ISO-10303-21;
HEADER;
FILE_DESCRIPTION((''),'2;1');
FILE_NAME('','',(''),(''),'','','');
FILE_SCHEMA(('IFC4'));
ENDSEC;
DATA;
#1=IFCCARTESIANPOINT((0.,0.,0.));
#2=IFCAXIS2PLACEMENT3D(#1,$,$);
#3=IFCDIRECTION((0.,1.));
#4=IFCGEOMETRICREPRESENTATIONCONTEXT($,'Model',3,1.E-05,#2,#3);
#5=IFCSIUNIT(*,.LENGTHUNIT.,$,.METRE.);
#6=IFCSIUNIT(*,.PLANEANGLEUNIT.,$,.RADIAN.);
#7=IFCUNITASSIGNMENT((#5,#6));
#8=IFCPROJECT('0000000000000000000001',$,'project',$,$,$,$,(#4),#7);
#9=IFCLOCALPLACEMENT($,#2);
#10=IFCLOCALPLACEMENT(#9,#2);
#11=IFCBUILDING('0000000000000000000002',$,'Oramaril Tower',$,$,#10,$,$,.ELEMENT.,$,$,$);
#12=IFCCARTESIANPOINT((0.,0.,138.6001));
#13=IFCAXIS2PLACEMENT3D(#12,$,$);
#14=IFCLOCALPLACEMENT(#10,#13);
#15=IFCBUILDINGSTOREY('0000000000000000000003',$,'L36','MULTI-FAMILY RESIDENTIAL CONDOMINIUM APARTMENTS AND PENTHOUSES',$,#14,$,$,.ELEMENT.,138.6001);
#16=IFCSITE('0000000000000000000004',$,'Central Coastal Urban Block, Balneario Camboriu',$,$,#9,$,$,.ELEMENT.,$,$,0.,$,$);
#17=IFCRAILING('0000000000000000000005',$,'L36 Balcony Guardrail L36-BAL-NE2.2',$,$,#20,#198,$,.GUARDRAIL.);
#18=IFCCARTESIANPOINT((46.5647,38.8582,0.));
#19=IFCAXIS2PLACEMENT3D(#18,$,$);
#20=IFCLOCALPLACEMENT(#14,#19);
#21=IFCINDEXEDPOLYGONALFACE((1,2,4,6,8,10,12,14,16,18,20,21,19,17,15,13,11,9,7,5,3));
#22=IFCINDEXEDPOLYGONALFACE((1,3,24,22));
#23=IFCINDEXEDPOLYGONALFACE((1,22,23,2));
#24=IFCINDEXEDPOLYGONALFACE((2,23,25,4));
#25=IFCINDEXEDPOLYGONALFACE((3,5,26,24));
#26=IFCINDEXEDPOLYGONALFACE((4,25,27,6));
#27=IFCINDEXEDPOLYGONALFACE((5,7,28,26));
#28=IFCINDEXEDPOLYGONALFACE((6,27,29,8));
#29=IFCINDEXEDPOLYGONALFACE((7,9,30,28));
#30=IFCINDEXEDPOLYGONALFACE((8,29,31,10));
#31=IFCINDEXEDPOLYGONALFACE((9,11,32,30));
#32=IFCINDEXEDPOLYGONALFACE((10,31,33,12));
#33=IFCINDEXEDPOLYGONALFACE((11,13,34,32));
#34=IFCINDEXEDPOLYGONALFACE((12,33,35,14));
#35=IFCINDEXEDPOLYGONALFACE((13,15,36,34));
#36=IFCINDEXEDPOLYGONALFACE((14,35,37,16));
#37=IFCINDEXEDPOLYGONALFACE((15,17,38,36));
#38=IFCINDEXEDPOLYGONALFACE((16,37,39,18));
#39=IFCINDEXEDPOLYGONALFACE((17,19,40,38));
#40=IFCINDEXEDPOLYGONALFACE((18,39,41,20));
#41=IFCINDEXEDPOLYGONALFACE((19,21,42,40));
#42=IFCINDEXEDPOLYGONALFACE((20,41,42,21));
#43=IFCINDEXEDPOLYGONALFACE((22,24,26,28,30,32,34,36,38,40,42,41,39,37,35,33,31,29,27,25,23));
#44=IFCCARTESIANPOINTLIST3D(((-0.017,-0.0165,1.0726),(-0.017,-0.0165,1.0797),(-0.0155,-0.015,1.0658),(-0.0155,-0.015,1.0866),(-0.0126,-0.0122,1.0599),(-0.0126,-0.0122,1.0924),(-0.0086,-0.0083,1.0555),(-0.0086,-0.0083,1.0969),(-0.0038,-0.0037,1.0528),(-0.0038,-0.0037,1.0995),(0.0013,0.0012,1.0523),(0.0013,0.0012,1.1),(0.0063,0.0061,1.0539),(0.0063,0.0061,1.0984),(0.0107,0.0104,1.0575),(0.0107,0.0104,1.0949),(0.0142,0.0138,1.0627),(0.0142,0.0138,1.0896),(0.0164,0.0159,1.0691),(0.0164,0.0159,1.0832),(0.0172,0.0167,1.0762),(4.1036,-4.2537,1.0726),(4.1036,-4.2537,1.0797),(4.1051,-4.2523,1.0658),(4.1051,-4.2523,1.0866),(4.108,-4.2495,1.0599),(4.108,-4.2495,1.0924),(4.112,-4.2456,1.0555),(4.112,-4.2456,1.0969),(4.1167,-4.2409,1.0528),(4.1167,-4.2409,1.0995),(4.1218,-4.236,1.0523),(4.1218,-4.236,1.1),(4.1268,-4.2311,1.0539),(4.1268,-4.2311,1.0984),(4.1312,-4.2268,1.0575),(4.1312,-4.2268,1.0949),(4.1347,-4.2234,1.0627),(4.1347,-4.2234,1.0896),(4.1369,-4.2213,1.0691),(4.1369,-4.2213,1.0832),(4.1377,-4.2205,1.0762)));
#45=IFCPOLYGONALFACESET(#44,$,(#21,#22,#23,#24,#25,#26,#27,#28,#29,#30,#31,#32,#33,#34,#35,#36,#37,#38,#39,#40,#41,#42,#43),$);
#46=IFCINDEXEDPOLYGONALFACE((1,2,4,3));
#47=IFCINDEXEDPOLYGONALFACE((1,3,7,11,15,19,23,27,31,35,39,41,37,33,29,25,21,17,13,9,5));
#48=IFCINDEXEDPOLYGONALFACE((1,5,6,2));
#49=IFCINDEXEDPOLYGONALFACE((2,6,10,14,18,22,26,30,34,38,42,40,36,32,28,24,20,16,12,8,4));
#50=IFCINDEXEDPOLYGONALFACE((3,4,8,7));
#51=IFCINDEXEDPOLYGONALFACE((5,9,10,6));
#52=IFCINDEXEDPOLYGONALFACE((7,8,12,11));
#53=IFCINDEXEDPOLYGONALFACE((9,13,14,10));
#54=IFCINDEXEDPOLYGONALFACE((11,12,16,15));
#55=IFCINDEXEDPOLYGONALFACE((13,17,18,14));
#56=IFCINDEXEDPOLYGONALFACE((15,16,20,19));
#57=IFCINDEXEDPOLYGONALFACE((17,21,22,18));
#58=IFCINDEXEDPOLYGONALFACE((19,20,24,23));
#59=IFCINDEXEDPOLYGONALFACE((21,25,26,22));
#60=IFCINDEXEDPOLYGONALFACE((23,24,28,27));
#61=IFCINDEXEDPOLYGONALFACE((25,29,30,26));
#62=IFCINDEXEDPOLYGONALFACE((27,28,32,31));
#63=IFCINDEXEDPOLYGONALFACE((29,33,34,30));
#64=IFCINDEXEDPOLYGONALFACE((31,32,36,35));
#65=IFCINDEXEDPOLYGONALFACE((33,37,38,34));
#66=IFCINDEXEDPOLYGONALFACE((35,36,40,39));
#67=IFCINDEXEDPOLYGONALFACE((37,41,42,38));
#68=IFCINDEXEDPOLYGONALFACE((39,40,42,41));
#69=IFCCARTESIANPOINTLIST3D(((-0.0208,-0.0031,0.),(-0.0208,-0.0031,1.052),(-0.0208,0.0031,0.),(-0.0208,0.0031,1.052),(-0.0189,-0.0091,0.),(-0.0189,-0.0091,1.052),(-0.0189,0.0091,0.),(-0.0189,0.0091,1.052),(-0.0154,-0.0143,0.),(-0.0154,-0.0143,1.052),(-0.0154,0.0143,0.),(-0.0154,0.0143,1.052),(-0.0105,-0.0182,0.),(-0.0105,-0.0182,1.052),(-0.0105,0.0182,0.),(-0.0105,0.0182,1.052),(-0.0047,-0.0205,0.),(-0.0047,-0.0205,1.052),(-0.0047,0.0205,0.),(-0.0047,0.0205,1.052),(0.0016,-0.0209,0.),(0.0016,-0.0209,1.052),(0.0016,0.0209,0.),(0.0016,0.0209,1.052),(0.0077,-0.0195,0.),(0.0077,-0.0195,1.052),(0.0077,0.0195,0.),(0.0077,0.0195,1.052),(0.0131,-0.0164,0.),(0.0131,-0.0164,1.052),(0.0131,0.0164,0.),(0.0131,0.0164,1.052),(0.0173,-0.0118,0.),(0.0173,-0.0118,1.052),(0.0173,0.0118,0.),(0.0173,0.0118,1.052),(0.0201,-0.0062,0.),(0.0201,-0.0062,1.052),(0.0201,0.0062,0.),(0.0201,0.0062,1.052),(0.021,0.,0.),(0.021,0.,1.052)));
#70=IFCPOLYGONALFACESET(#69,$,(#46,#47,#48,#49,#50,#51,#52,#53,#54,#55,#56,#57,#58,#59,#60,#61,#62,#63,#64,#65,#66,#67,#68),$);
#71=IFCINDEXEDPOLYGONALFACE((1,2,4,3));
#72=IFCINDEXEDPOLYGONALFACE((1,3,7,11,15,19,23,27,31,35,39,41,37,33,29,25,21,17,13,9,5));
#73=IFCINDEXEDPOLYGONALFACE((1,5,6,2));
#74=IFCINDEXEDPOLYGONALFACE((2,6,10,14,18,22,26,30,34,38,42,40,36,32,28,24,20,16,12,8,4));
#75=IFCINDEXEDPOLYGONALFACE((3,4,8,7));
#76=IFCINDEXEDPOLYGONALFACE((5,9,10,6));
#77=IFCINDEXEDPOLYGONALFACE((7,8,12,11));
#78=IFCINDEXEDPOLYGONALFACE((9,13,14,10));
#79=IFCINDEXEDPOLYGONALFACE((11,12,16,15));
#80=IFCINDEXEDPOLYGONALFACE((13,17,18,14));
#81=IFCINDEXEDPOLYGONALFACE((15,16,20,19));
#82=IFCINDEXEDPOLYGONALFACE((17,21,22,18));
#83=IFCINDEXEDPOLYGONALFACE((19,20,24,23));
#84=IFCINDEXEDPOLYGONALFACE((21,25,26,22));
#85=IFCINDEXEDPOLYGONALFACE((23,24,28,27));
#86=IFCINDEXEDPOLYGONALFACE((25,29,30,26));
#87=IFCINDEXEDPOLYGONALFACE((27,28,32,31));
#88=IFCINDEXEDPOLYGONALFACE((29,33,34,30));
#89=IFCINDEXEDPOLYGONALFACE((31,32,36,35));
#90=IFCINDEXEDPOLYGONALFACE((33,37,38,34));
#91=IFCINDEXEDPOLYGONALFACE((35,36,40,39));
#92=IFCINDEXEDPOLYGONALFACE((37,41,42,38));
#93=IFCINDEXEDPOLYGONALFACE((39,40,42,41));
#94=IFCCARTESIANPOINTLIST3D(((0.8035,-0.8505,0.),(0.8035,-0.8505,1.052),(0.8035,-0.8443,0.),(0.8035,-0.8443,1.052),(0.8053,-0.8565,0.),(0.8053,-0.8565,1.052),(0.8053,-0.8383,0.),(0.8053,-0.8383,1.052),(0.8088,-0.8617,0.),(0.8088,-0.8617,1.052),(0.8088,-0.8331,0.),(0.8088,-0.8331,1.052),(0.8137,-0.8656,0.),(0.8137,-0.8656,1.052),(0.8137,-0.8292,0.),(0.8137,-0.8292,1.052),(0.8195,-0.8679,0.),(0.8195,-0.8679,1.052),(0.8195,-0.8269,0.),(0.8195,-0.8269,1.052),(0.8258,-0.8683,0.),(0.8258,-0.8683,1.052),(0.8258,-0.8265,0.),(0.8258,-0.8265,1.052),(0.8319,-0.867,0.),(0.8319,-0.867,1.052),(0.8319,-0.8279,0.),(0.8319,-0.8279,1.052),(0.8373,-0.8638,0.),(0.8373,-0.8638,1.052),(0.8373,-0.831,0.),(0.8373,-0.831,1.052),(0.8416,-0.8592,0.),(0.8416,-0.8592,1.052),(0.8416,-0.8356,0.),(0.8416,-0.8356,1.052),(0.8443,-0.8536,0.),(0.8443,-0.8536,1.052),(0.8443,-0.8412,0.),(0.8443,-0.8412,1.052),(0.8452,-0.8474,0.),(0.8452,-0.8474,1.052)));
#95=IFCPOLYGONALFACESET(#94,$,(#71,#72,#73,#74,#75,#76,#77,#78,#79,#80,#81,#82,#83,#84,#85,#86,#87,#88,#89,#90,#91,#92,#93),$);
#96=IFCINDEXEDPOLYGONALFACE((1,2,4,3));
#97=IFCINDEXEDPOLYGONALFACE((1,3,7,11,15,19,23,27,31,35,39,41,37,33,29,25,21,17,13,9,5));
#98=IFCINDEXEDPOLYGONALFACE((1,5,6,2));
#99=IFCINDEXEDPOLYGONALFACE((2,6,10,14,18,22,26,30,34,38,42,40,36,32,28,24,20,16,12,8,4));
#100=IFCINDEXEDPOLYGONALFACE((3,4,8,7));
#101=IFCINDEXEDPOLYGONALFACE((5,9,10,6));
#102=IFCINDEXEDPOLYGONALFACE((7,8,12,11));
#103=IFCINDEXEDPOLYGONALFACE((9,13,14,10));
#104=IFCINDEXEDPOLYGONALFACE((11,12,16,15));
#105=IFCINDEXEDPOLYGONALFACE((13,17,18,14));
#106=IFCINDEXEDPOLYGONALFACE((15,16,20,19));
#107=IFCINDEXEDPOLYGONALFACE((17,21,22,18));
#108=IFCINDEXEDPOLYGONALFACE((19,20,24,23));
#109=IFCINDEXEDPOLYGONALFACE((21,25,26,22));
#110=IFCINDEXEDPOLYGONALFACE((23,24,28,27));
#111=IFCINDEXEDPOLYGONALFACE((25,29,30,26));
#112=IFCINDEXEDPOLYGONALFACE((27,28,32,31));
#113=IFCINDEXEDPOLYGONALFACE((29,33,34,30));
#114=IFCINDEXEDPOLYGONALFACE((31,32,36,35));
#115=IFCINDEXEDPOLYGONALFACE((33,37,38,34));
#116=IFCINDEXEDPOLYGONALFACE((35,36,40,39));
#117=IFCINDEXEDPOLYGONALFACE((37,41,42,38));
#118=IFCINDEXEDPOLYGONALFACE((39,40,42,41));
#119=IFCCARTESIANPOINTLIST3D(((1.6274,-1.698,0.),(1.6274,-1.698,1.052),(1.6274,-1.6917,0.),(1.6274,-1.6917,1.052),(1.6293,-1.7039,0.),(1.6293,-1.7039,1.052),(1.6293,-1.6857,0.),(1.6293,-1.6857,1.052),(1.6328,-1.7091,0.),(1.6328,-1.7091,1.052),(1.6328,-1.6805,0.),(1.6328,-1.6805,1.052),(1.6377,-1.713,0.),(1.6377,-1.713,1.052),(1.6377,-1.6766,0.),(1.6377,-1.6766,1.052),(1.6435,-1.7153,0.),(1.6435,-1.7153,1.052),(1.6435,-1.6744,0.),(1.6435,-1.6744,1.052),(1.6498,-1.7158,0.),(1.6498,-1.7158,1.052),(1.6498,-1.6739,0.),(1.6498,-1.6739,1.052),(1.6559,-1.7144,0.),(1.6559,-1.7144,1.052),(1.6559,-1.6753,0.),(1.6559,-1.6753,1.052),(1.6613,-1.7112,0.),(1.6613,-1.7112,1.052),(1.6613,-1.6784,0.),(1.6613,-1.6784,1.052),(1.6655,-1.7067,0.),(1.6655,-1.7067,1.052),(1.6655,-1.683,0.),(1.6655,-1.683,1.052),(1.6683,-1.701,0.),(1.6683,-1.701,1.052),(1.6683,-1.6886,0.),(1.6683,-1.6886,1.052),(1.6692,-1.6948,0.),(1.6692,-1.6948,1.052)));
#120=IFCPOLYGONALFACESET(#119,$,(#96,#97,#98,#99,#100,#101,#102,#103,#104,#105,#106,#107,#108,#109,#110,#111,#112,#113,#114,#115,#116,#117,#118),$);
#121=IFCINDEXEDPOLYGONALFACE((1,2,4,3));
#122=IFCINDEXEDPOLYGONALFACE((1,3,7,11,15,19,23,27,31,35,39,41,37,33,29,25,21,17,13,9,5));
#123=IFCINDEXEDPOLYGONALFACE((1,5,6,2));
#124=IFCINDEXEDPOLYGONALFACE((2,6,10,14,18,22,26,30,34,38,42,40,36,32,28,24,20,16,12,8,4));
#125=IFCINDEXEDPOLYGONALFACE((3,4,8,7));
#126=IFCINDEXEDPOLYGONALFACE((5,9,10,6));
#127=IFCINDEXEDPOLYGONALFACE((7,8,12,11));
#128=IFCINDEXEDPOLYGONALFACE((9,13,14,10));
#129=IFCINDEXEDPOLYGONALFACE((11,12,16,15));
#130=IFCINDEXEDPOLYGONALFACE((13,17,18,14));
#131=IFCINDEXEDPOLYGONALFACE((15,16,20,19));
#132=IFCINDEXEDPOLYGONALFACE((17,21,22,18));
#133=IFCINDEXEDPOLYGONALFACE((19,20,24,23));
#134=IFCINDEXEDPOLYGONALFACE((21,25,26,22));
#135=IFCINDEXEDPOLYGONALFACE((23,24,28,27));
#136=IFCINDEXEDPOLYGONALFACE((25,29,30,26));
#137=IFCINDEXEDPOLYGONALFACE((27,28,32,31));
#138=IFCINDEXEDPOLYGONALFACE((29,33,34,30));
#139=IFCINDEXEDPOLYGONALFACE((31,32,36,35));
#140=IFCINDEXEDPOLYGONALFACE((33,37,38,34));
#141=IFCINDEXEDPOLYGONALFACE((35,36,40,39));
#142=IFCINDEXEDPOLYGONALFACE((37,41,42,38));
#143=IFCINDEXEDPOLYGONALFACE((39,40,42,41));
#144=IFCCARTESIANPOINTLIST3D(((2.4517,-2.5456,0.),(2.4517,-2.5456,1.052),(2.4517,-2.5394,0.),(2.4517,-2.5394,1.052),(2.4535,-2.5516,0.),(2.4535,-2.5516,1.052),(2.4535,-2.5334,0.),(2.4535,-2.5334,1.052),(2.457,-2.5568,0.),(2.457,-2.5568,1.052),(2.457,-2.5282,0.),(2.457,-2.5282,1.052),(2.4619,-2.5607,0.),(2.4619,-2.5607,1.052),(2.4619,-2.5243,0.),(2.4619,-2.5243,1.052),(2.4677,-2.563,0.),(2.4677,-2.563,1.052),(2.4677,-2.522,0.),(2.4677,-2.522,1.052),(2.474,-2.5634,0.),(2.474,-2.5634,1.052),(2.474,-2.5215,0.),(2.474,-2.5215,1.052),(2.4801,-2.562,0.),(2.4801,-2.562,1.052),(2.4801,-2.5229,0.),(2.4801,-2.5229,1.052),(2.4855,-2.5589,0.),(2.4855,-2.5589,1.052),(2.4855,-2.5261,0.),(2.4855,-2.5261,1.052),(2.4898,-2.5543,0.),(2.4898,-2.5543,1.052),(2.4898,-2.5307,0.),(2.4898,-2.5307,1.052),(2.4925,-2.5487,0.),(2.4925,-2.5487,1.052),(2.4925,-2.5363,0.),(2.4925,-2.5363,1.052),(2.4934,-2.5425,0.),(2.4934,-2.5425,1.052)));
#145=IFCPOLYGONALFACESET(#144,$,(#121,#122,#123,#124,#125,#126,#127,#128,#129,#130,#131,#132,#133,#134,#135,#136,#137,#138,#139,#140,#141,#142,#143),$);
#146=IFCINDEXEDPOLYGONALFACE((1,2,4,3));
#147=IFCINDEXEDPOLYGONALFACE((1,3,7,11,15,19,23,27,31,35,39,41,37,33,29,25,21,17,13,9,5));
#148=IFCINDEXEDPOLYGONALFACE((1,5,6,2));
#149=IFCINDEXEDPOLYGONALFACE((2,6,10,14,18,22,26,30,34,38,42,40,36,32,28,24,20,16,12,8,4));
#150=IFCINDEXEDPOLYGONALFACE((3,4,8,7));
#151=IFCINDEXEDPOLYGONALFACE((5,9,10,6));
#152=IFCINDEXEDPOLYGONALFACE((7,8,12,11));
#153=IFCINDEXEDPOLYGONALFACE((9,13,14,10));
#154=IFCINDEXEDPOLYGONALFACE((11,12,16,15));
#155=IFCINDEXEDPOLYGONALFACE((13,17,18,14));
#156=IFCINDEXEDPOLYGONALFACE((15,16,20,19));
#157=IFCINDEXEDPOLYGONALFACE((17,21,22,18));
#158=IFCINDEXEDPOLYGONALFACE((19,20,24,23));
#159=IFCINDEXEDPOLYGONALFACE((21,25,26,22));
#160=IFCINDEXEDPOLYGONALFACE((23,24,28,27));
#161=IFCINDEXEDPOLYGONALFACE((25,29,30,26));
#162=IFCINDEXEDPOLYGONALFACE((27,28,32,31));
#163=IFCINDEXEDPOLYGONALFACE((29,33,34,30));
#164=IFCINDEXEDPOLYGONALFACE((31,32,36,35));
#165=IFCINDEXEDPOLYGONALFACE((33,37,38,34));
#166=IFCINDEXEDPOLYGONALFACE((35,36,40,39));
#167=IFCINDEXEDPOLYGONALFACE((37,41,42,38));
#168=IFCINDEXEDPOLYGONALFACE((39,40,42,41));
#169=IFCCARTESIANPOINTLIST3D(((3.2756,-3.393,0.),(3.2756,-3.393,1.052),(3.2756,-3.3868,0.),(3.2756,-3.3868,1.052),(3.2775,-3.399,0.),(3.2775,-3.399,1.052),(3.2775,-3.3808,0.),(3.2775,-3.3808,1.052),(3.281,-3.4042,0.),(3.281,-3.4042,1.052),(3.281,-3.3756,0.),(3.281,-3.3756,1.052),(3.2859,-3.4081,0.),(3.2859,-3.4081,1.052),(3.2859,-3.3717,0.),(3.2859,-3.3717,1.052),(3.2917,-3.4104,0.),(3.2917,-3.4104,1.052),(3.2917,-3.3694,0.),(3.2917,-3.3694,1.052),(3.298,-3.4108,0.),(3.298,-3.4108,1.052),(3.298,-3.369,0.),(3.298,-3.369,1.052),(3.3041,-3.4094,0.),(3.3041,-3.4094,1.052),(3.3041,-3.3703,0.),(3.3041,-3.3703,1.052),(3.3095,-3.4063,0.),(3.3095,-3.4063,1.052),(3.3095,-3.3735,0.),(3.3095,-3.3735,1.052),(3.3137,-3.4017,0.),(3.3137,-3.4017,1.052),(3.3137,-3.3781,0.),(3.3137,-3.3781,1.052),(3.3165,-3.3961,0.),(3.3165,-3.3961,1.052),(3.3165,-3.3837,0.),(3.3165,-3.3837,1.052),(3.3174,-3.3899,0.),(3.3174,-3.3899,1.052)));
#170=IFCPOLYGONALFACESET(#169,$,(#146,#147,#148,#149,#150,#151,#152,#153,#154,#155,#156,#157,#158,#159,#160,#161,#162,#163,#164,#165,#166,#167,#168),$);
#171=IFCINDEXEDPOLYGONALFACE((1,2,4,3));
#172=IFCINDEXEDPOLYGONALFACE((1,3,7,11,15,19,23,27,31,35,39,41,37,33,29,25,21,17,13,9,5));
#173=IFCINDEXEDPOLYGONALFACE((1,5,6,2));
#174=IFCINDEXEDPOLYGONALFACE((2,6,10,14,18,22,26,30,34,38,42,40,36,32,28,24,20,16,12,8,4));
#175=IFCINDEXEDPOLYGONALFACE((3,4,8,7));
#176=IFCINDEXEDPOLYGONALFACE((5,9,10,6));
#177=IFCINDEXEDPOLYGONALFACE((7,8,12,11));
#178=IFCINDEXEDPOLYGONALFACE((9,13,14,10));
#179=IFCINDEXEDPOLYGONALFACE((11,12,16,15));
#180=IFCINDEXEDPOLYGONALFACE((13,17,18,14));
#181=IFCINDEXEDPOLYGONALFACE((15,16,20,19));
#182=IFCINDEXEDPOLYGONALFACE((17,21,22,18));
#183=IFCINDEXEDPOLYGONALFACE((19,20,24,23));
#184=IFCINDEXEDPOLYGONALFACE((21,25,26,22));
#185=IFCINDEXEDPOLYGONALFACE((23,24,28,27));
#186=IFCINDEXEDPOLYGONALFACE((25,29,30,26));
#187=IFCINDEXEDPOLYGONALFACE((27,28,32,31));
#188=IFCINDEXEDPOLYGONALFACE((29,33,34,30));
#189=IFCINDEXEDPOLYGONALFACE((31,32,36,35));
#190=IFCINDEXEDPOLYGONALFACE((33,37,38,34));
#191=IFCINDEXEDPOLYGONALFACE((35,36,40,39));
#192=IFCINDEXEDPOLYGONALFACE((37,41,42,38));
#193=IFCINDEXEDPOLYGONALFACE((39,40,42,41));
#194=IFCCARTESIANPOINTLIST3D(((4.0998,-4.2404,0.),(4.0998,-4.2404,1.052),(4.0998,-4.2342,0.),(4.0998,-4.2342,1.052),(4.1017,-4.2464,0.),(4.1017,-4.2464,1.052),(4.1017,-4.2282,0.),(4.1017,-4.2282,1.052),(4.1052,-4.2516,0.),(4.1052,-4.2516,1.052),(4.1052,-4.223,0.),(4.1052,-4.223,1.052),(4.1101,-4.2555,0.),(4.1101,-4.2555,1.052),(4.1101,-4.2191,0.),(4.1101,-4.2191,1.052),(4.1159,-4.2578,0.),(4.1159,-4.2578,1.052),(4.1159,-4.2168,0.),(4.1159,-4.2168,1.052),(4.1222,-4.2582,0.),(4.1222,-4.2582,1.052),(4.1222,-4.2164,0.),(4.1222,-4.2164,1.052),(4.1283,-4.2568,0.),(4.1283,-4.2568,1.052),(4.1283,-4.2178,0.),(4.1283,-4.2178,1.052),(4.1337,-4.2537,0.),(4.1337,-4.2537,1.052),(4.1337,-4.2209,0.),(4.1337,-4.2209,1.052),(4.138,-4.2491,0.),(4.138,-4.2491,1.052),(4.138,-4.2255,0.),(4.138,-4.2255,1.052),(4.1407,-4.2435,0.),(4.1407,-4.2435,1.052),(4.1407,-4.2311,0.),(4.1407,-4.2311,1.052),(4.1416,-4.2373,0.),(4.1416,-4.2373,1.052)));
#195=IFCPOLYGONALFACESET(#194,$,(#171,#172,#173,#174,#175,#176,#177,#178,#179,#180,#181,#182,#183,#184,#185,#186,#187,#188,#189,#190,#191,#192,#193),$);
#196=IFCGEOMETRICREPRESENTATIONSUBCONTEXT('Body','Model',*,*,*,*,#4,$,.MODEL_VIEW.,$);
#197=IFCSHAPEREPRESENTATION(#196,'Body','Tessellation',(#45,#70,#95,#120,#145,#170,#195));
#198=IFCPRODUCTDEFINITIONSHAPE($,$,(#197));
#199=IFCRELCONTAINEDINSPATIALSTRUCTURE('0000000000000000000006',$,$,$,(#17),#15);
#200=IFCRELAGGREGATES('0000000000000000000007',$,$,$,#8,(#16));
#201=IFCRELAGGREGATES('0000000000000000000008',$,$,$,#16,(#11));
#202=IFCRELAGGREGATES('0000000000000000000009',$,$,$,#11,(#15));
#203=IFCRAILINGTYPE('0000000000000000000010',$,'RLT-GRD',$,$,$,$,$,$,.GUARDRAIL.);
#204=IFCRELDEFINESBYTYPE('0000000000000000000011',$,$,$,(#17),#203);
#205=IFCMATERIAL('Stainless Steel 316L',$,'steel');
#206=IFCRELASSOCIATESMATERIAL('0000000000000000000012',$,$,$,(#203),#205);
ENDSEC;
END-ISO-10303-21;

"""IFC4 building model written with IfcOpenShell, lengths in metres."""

from ifc_helpers import new_model, si_unit, direction, frame, origin, origin_2d, place, context, subcontext, project, spatial, circle, extrude, material, type_object, element, save


model = new_model("IFC4")

# Units and contexts
model_context = context("Model", 3, precision=1e-05, world=origin(), true_north=direction((0.0, 1.0)))
body_context = subcontext(model_context, "Body", "Model", "MODEL_VIEW")
ifc_project = project(units=[si_unit("LENGTHUNIT", "METRE"), si_unit("PLANEANGLEUNIT", "RADIAN")], contexts=[model_context])

# Site, building, storey
site_placement = place(None, origin())
site = spatial("IfcSite", under=ifc_project, at=site_placement, Name="Central Coastal Urban Block, Balneario Camboriu", CompositionType="ELEMENT", RefElevation=0.0)
building_placement = place(site_placement, origin())
building = spatial("IfcBuilding", under=site, at=building_placement, Name="Oramaril Tower", CompositionType="ELEMENT")
storey_placement = place(building_placement, frame((0.0, 0.0, 138.6001)))
storey = spatial("IfcBuildingStorey", under=building, at=storey_placement, Name="L36", Description="MULTI-FAMILY RESIDENTIAL CONDOMINIUM APARTMENTS AND PENTHOUSES", CompositionType="ELEMENT", Elevation=138.6001)

# Railing
ifc_material_1 = material(Name="Stainless Steel 316L", Category="steel")
railing_type = type_object("IfcRailingType", Name="RLT-GRD", PredefinedType="GUARDRAIL", material=ifc_material_1)
railing_1_placement = place(storey_placement, frame((46.5647, 38.8582, 0.0)))
element("IfcRailing", 1, at=railing_1_placement, inside=storey, type_object=railing_type, Name="L36 Balcony Guardrail L36-BAL-NE2.2", PredefinedType="GUARDRAIL", context=body_context, shape_type="SweptSolid", body=[
    extrude(circle(Radius=0.0239, at=origin_2d()), frame((0.0, 0.0, 1.0762), z_axis=(0.697166, -0.71691, 0.0), x_axis=(0.71691, 0.697166, 0.0)), (0.0, 0.0, 1.0), 5.9104),
    extrude(circle(Radius=0.021, at=origin_2d()), origin(), (0.0, 0.0, 1.0), 1.052),
    extrude(circle(Radius=0.021, at=origin_2d()), frame((0.8242, -0.8474, 0.0)), (0.0, 0.0, 1.0), 1.052),
    extrude(circle(Radius=0.021, at=origin_2d()), frame((1.6482, -1.6948, 0.0)), (0.0, 0.0, 1.0), 1.052),
    extrude(circle(Radius=0.021, at=origin_2d()), frame((2.4724, -2.5425, 0.0)), (0.0, 0.0, 1.0), 1.052),
    extrude(circle(Radius=0.021, at=origin_2d()), frame((3.2964, -3.3899, 0.0)), (0.0, 0.0, 1.0), 1.052),
    extrude(circle(Radius=0.021, at=origin_2d()), frame((4.1206, -4.2373, 0.0)), (0.0, 0.0, 1.0), 1.052),
])

save(model, "model.ifc")
